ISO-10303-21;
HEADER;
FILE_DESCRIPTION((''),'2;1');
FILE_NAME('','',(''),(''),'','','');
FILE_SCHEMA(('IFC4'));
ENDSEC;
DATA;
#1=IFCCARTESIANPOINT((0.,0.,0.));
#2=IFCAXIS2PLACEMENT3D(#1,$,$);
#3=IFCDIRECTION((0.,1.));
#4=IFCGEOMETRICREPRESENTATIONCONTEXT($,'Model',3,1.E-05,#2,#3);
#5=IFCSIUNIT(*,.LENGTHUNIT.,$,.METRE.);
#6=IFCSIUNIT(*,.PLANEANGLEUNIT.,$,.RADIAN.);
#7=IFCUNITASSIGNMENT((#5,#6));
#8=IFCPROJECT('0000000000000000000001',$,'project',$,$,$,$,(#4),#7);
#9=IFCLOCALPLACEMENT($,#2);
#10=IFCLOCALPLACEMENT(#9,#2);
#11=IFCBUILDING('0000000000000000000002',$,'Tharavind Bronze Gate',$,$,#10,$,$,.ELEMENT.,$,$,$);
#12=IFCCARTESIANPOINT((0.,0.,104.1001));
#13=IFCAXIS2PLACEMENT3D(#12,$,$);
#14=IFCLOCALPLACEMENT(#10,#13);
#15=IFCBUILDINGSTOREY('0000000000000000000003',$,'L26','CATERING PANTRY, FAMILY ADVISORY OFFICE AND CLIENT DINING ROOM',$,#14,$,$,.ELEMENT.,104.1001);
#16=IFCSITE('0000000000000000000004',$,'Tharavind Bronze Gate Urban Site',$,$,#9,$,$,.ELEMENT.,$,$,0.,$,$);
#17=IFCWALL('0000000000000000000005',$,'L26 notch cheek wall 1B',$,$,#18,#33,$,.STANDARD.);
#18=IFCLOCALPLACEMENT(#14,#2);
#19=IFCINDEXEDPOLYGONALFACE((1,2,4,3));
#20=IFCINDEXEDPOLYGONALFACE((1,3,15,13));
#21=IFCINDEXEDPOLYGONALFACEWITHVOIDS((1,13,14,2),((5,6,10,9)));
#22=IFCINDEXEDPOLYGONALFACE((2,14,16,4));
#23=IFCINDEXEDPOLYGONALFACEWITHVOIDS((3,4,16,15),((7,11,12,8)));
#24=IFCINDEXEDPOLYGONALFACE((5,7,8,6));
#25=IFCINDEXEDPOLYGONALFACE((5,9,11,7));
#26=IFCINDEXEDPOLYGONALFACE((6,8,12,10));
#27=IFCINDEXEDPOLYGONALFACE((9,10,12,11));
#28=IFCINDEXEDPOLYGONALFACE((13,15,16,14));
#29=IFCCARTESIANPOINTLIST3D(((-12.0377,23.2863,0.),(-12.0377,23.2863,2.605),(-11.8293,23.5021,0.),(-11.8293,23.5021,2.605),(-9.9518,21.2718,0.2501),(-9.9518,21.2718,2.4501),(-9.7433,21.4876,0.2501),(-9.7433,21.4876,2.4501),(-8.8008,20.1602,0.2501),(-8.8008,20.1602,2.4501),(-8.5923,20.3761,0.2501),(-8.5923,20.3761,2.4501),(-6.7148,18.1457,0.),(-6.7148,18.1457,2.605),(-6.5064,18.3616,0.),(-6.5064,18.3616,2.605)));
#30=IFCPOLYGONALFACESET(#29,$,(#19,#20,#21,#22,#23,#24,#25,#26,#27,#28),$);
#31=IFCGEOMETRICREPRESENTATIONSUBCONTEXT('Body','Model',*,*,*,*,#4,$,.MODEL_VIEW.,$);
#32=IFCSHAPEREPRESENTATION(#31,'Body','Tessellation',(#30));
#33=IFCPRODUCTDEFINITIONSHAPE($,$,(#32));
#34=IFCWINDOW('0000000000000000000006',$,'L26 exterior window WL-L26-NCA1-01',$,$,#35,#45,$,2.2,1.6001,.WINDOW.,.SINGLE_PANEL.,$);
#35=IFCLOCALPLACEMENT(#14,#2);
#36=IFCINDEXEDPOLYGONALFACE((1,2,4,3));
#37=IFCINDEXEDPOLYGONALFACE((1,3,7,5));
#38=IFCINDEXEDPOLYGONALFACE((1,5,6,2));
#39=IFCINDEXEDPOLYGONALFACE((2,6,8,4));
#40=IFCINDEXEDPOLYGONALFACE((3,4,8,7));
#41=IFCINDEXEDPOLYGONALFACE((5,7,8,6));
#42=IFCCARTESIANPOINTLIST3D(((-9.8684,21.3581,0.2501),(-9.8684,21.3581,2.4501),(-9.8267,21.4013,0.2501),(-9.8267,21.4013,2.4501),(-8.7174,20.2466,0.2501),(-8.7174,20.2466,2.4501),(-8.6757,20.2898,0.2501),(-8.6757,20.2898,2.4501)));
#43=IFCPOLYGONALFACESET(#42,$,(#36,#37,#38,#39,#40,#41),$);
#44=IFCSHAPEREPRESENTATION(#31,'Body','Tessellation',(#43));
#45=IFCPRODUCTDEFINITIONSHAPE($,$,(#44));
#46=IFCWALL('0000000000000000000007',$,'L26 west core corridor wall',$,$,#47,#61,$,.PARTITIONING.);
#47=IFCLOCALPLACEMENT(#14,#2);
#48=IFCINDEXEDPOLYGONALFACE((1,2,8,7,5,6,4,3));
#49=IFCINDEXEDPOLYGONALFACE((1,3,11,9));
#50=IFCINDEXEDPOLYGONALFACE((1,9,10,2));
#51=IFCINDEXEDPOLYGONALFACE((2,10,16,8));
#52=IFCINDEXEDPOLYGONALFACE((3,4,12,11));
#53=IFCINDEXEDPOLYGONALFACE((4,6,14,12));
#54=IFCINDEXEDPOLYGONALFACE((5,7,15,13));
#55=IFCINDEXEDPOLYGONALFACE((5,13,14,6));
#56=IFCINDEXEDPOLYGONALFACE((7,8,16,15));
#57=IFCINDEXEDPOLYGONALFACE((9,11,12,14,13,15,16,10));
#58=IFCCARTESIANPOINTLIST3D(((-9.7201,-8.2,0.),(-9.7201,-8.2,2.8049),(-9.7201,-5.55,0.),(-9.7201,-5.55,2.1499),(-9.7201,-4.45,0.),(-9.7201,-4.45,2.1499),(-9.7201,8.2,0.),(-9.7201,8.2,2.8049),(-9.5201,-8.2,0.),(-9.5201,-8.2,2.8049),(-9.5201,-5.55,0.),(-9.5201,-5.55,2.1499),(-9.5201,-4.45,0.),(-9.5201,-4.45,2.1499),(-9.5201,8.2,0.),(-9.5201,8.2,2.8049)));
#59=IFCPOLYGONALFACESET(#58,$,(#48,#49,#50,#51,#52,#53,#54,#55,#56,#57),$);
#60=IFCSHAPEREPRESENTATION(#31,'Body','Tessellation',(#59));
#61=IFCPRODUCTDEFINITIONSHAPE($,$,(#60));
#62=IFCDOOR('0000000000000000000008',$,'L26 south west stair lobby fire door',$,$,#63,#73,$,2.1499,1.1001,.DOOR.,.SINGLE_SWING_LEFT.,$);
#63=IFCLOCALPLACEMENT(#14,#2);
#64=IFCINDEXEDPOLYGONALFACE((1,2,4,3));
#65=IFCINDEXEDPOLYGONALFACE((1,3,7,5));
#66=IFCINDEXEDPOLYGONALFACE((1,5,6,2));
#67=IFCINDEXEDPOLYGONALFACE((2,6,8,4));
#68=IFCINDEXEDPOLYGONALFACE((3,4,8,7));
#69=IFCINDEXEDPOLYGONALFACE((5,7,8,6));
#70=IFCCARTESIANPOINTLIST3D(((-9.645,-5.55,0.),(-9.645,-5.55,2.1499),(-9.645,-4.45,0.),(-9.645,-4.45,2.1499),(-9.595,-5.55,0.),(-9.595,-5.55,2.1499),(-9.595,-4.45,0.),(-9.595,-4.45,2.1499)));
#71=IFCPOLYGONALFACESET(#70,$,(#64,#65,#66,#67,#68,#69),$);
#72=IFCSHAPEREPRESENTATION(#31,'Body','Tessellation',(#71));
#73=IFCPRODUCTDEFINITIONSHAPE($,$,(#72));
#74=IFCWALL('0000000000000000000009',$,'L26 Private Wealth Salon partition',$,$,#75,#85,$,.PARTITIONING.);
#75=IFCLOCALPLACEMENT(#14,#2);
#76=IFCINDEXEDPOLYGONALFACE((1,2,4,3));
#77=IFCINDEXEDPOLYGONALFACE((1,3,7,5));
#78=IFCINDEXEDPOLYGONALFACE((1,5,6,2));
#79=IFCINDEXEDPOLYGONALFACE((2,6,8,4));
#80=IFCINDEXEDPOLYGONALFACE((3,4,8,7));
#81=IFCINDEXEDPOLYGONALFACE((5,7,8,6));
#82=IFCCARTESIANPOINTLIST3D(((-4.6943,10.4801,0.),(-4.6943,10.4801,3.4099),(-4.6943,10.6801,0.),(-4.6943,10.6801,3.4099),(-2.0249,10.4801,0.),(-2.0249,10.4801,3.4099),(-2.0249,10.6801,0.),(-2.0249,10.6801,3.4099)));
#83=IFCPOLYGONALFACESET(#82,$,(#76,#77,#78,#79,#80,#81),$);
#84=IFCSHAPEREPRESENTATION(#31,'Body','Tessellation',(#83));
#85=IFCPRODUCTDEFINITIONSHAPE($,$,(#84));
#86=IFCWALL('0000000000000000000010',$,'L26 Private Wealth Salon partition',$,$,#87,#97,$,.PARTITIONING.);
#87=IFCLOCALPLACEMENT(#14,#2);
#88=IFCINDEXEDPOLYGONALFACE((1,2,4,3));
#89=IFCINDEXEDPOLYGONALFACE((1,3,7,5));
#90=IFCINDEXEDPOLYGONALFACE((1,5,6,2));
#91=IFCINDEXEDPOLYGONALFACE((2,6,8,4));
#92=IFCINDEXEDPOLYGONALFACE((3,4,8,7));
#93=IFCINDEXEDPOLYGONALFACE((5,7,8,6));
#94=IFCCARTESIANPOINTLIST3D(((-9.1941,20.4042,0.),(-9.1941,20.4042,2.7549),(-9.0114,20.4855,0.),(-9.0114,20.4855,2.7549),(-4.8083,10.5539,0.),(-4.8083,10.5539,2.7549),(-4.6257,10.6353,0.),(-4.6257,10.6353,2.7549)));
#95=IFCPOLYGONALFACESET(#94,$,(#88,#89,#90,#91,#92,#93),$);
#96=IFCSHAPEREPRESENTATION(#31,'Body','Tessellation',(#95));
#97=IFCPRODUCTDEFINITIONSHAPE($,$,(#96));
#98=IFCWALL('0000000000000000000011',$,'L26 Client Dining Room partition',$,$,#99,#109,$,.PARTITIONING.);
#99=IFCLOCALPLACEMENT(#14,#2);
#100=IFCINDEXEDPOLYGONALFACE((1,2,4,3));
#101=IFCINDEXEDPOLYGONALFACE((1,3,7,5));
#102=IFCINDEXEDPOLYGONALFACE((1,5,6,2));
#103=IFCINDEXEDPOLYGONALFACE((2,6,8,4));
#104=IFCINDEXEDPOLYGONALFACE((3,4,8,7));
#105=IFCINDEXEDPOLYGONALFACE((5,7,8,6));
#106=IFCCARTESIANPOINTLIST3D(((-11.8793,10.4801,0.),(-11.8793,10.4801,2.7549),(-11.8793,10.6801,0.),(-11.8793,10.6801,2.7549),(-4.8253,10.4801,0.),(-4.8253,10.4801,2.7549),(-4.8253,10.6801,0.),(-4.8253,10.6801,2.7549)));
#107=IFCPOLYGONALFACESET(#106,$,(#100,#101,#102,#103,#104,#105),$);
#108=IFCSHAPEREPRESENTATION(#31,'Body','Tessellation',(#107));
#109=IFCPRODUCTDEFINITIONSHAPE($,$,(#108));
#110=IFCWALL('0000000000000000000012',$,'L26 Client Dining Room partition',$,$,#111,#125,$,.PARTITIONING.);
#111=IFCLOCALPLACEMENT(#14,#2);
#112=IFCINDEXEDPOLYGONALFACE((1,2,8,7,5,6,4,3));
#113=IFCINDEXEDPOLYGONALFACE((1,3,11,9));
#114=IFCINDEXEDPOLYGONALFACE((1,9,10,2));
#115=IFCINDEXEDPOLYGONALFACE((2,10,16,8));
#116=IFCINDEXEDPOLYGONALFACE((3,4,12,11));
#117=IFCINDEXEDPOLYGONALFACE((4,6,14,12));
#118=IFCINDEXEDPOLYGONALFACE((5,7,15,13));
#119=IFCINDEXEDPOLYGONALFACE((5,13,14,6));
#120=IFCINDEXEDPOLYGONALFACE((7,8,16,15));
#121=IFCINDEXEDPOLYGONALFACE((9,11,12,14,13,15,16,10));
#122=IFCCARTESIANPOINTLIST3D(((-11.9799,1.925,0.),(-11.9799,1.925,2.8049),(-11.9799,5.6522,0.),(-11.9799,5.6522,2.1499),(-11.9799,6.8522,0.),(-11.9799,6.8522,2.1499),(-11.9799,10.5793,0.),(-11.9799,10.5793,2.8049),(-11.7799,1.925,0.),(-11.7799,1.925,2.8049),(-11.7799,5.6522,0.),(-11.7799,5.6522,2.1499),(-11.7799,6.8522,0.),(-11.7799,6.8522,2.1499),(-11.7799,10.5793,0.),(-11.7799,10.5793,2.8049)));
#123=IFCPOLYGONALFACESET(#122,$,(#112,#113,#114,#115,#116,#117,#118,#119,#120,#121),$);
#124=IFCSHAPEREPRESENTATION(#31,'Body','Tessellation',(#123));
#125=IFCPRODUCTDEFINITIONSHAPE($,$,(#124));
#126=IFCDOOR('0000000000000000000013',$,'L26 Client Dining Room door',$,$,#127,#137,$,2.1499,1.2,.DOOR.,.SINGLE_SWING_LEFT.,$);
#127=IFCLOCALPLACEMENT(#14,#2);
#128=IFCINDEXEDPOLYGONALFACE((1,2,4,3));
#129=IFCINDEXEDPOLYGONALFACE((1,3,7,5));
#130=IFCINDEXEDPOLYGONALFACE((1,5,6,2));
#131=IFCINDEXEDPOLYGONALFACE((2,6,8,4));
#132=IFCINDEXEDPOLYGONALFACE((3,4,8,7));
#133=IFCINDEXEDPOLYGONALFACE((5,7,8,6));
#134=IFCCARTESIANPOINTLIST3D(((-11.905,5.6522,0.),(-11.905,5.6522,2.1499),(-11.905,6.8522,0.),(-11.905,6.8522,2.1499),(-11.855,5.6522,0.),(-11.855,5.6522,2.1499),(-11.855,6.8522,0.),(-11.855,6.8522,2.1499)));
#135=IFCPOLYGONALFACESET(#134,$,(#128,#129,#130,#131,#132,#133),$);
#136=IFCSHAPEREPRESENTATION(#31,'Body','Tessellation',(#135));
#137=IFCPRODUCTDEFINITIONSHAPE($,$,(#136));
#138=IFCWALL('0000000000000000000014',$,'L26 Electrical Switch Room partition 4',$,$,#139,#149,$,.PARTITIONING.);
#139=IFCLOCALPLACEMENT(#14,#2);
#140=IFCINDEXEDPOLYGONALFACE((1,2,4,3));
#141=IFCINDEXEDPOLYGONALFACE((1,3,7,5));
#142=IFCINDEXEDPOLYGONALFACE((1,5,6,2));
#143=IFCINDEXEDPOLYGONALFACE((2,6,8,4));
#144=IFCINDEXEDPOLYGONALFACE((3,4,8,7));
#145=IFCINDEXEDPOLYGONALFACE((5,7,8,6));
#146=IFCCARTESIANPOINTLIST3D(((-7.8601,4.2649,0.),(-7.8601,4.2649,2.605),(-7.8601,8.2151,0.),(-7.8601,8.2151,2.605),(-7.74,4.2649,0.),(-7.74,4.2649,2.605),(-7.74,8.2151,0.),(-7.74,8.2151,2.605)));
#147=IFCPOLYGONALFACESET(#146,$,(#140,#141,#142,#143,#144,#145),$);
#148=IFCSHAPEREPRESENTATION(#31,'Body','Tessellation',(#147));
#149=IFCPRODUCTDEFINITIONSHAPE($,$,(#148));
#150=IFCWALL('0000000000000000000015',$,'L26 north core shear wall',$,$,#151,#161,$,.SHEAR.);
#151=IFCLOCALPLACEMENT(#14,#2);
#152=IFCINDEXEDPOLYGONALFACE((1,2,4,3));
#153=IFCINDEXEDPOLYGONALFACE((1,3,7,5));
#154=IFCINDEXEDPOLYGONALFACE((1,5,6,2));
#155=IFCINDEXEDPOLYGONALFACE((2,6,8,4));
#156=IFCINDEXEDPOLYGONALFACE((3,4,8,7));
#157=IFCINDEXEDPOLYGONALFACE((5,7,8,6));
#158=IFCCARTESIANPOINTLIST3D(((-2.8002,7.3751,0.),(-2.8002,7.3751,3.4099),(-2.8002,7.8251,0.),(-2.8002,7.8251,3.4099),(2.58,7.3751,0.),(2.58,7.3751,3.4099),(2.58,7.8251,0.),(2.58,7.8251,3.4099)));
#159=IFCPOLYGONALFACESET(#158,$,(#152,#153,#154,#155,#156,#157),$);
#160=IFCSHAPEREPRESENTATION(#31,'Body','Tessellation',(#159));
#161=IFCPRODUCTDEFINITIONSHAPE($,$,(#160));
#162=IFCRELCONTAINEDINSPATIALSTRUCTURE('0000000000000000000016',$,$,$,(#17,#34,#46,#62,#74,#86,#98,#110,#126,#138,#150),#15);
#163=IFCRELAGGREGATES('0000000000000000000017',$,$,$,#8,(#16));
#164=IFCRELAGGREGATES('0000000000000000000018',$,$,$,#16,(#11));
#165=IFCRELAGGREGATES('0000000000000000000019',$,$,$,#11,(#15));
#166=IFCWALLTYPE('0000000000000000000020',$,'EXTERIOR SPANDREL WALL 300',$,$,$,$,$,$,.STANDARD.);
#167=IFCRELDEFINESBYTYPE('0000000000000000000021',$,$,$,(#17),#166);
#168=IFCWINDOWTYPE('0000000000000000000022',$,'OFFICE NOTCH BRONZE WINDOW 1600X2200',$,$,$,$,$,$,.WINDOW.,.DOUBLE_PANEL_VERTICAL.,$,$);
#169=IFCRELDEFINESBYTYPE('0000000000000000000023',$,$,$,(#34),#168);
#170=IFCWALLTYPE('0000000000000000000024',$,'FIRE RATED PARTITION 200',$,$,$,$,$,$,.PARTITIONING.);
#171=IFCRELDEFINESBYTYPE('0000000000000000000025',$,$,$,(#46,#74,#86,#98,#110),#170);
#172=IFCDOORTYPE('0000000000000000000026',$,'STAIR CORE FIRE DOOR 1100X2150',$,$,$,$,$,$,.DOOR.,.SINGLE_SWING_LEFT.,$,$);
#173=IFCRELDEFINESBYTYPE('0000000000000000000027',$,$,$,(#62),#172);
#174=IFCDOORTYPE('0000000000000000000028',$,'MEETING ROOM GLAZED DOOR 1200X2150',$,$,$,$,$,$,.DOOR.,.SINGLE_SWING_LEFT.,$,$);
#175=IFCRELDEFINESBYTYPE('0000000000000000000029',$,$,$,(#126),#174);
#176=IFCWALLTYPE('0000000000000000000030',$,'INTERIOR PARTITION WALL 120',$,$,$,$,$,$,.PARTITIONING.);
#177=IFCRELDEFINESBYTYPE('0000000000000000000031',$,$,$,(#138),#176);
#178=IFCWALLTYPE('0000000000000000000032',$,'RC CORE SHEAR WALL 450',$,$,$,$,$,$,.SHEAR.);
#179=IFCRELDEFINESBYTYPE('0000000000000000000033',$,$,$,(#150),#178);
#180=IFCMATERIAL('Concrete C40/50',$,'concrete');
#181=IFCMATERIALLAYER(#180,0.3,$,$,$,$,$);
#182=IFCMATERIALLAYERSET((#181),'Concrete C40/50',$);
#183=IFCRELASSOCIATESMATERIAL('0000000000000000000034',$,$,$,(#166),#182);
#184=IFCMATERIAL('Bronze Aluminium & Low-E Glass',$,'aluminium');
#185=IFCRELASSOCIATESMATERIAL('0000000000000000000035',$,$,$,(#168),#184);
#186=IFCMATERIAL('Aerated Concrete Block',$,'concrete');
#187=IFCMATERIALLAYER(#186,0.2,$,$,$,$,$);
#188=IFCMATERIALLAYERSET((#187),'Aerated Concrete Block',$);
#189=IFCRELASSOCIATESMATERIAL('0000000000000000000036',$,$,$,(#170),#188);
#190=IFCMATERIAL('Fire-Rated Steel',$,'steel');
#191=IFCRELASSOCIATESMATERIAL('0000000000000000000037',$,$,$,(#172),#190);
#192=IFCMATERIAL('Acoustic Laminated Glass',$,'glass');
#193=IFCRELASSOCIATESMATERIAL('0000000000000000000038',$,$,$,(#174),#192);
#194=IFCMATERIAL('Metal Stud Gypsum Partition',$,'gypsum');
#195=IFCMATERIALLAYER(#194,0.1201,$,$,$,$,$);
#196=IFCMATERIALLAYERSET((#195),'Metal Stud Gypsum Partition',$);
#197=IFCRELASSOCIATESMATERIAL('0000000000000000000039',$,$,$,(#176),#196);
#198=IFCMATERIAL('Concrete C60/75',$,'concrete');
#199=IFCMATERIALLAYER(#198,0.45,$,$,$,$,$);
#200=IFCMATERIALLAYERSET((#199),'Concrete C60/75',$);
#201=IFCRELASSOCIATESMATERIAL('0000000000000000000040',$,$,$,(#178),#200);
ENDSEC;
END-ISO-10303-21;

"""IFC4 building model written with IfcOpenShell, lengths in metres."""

from ifc_helpers import new_model, si_unit, direction, frame, frame_2d, origin, place, context, subcontext, project, spatial, rectangle, extrude, material, layer, layer_set, type_object, element, fill, save


model = new_model("IFC4")

# Units and contexts
model_context = context("Model", 3, precision=1e-05, world=origin(), true_north=direction((0.0, 1.0)))
body_context = subcontext(model_context, "Body", "Model", "MODEL_VIEW")
ifc_project = project(units=[si_unit("LENGTHUNIT", "METRE"), si_unit("PLANEANGLEUNIT", "RADIAN")], contexts=[model_context])

# Site, building, storey
site_placement = place(None, origin())
site = spatial("IfcSite", under=ifc_project, at=site_placement, Name="Tharavind Bronze Gate Urban Site", CompositionType="ELEMENT", RefElevation=0.0)
building_placement = place(site_placement, origin())
building = spatial("IfcBuilding", under=site, at=building_placement, Name="Tharavind Bronze Gate", CompositionType="ELEMENT")
storey_placement = place(building_placement, frame((0.0, 0.0, 104.1001)))
storey = spatial("IfcBuildingStorey", under=building, at=storey_placement, Name="L26", Description="CATERING PANTRY, FAMILY ADVISORY OFFICE AND CLIENT DINING ROOM", CompositionType="ELEMENT", Elevation=104.1001)

# Wall, opening, window
ifc_material_1 = material(Name="Concrete C40/50", Category="concrete")
ifc_layer_1 = layer(ifc_material_1, 0.3)
ifc_layer_set_1 = layer_set([ifc_layer_1], Name="Concrete C40/50")
wall_type_1 = type_object("IfcWallType", Name="EXTERIOR SPANDREL WALL 300", PredefinedType="STANDARD", material=ifc_layer_set_1)
wall_1_placement = place(storey_placement, frame((-6.6106, 18.2537, 0.0), z_axis=(0.0, 0.0, 1.0), x_axis=(-0.719322, 0.694677, 0.0)))
wall_1 = element("IfcWall", 1, at=wall_1_placement, inside=storey, type_object=wall_type_1, Name="L26 notch cheek wall 1B", PredefinedType="STANDARD", context=body_context, shape_type="SweptSolid", body=[
    extrude(rectangle(XDim=7.3999, YDim=0.3, at=frame_2d((3.7, 0.0))), origin(), (0.0, 0.0, 1.0), 2.605),
])
opening_1_placement = place(wall_1_placement, frame((2.8999, 0.0, 0.25)))
opening_1 = element("IfcOpeningElement", 2, at=opening_1_placement, cuts=wall_1, PredefinedType="OPENING", context=body_context, shape_type="SweptSolid", body=[
    extrude(rectangle(XDim=1.6001, YDim=2.2, at=frame_2d((0.8, 1.1001))), frame((0.0, 0.1599, 0.0), z_axis=(0.0, -1.0, 0.0), x_axis=(1.0, 0.0, 0.0)), (0.0, 0.0, 1.0), 0.32),
])
ifc_material_2 = material(Name="Bronze Aluminium & Low-E Glass", Category="aluminium")
window_type = type_object("IfcWindowType", Name="OFFICE NOTCH BRONZE WINDOW 1600X2200", PartitioningType="DOUBLE_PANEL_VERTICAL", PredefinedType="WINDOW", material=ifc_material_2)
window_placement = place(opening_1_placement, origin())
window = element("IfcWindow", 3, at=window_placement, inside=storey, type_object=window_type, Name="L26 exterior window WL-L26-NCA1-01", OverallHeight=2.2, OverallWidth=1.6001, PartitioningType="SINGLE_PANEL", PredefinedType="WINDOW", context=body_context, shape_type="SweptSolid", body=[
    extrude(rectangle(XDim=1.6001, YDim=2.2, at=frame_2d((0.8, 1.1001))), frame((0.0, 0.03, 0.0), z_axis=(0.0, -1.0, 0.0), x_axis=(1.0, 0.0, 0.0)), (0.0, 0.0, 1.0), 0.0601),
])
fill(opening_1, window)

# Wall, opening, door
ifc_material_3 = material(Name="Aerated Concrete Block", Category="concrete")
ifc_layer_2 = layer(ifc_material_3, 0.2)
ifc_layer_set_2 = layer_set([ifc_layer_2], Name="Aerated Concrete Block")
wall_type_2 = type_object("IfcWallType", Name="FIRE RATED PARTITION 200", PredefinedType="PARTITIONING", material=ifc_layer_set_2)
wall_2_placement = place(storey_placement, frame((-9.6201, 8.2, 0.0), z_axis=(0.0, 0.0, 1.0), x_axis=(0.0, -1.0, 0.0)))
wall_2 = element("IfcWall", 4, at=wall_2_placement, inside=storey, type_object=wall_type_2, Name="L26 west core corridor wall", PredefinedType="PARTITIONING", context=body_context, shape_type="SweptSolid", body=[
    extrude(rectangle(XDim=16.3999, YDim=0.2, at=frame_2d((8.2, 0.0))), origin(), (0.0, 0.0, 1.0), 2.8049),
])
opening_2_placement = place(wall_2_placement, frame((12.6499, 0.0, 0.0)))
opening_2 = element("IfcOpeningElement", 5, at=opening_2_placement, cuts=wall_2, PredefinedType="OPENING", context=body_context, shape_type="SweptSolid", body=[
    extrude(rectangle(XDim=1.1001, YDim=2.1499, at=frame_2d((0.55, 1.075))), frame((0.0, 0.1101, 0.0), z_axis=(0.0, -1.0, 0.0), x_axis=(1.0, 0.0, 0.0)), (0.0, 0.0, 1.0), 0.22),
])
ifc_material_4 = material(Name="Fire-Rated Steel", Category="steel")
door_type_1 = type_object("IfcDoorType", Name="STAIR CORE FIRE DOOR 1100X2150", OperationType="SINGLE_SWING_LEFT", PredefinedType="DOOR", material=ifc_material_4)
door_1_placement = place(opening_2_placement, frame((1.1001, 0.0, 0.0), z_axis=(0.0, 0.0, 1.0), x_axis=(-1.0, 0.0, 0.0)))
door_1 = element("IfcDoor", 6, at=door_1_placement, inside=storey, type_object=door_type_1, Name="L26 south west stair lobby fire door", OperationType="SINGLE_SWING_LEFT", OverallHeight=2.1499, OverallWidth=1.1001, PredefinedType="DOOR", context=body_context, shape_type="SweptSolid", body=[
    extrude(rectangle(XDim=1.1001, YDim=2.1499, at=frame_2d((0.55, 1.075))), frame((0.0, 0.0249, 0.0), z_axis=(0.0, -1.0, 0.0), x_axis=(1.0, 0.0, 0.0)), (0.0, 0.0, 1.0), 0.05),
])
fill(opening_2, door_1)

# Walls
wall_3_placement = place(storey_placement, frame((-2.0249, 10.5801, 0.0), z_axis=(0.0, 0.0, 1.0), x_axis=(-1.0, 0.0, 0.0)))
element("IfcWall", 7, at=wall_3_placement, inside=storey, type_object=wall_type_2, Name="L26 Private Wealth Salon partition", PredefinedType="PARTITIONING", context=body_context, shape_type="SweptSolid", body=[
    extrude(rectangle(XDim=2.6694, YDim=0.2, at=frame_2d((1.3347, 0.0))), origin(), (0.0, 0.0, 1.0), 3.4099),
])
wall_4_placement = place(storey_placement, frame((-4.717, 10.5947, 0.0), z_axis=(0.0, 0.0, 1.0), x_axis=(-0.406752, 0.913539, 0.0)))
element("IfcWall", 8, at=wall_4_placement, inside=storey, type_object=wall_type_2, Name="L26 Private Wealth Salon partition", PredefinedType="PARTITIONING", context=body_context, shape_type="SweptSolid", body=[
    extrude(rectangle(XDim=10.7825, YDim=0.2, at=frame_2d((5.3911, 0.0))), origin(), (0.0, 0.0, 1.0), 2.7549),
])
wall_5_placement = place(storey_placement, frame((-4.8254, 10.5801, 0.0), z_axis=(0.0, 0.0, 1.0), x_axis=(-1.0, 0.0, 0.0)))
element("IfcWall", 9, at=wall_5_placement, inside=storey, type_object=wall_type_2, Name="L26 Client Dining Room partition", PredefinedType="PARTITIONING", context=body_context, shape_type="SweptSolid", body=[
    extrude(rectangle(XDim=7.054, YDim=0.2, at=frame_2d((3.5269, 0.0))), origin(), (0.0, 0.0, 1.0), 2.7549),
])

# Wall, opening, door
wall_6_placement = place(storey_placement, frame((-11.8799, 10.5793, 0.0), z_axis=(0.0, 0.0, 1.0), x_axis=(0.0, -1.0, 0.0)))
wall_6 = element("IfcWall", 10, at=wall_6_placement, inside=storey, type_object=wall_type_2, Name="L26 Client Dining Room partition", PredefinedType="PARTITIONING", context=body_context, shape_type="SweptSolid", body=[
    extrude(rectangle(XDim=8.6543, YDim=0.2, at=frame_2d((4.3271, 0.0))), origin(), (0.0, 0.0, 1.0), 2.8049),
])
opening_3_placement = place(wall_6_placement, frame((3.7271, 0.0, 0.0)))
opening_3 = element("IfcOpeningElement", 11, at=opening_3_placement, cuts=wall_6, PredefinedType="OPENING", context=body_context, shape_type="SweptSolid", body=[
    extrude(rectangle(XDim=1.2, YDim=2.1499, at=frame_2d((0.6001, 1.075))), frame((0.0, 0.1101, 0.0), z_axis=(0.0, -1.0, 0.0), x_axis=(1.0, 0.0, 0.0)), (0.0, 0.0, 1.0), 0.22),
])
ifc_material_5 = material(Name="Acoustic Laminated Glass", Category="glass")
door_type_2 = type_object("IfcDoorType", Name="MEETING ROOM GLAZED DOOR 1200X2150", OperationType="SINGLE_SWING_LEFT", PredefinedType="DOOR", material=ifc_material_5)
door_2_placement = place(opening_3_placement, origin())
door_2 = element("IfcDoor", 12, at=door_2_placement, inside=storey, type_object=door_type_2, Name="L26 Client Dining Room door", OperationType="SINGLE_SWING_LEFT", OverallHeight=2.1499, OverallWidth=1.2, PredefinedType="DOOR", context=body_context, shape_type="SweptSolid", body=[
    extrude(rectangle(XDim=1.2, YDim=2.1499, at=frame_2d((0.6001, 1.075))), frame((0.0, 0.0249, 0.0), z_axis=(0.0, -1.0, 0.0), x_axis=(1.0, 0.0, 0.0)), (0.0, 0.0, 1.0), 0.05),
])
fill(opening_3, door_2)

# Walls
ifc_material_6 = material(Name="Metal Stud Gypsum Partition", Category="gypsum")
ifc_layer_3 = layer(ifc_material_6, 0.1201)
ifc_layer_set_3 = layer_set([ifc_layer_3], Name="Metal Stud Gypsum Partition")
wall_type_3 = type_object("IfcWallType", Name="INTERIOR PARTITION WALL 120", PredefinedType="PARTITIONING", material=ifc_layer_set_3)
wall_7_placement = place(storey_placement, frame((-7.8, 8.2151, 0.0), z_axis=(0.0, 0.0, 1.0), x_axis=(0.0, -1.0, 0.0)))
element("IfcWall", 13, at=wall_7_placement, inside=storey, type_object=wall_type_3, Name="L26 Electrical Switch Room partition 4", PredefinedType="PARTITIONING", context=body_context, shape_type="SweptSolid", body=[
    extrude(rectangle(XDim=3.9502, YDim=0.1201, at=frame_2d((1.9751, 0.0))), origin(), (0.0, 0.0, 1.0), 2.605),
])
ifc_material_7 = material(Name="Concrete C60/75", Category="concrete")
ifc_layer_4 = layer(ifc_material_7, 0.45)
ifc_layer_set_4 = layer_set([ifc_layer_4], Name="Concrete C60/75")
wall_type_4 = type_object("IfcWallType", Name="RC CORE SHEAR WALL 450", PredefinedType="SHEAR", material=ifc_layer_set_4)
wall_8_placement = place(storey_placement, frame((-2.8, 7.6001, 0.0), z_axis=(0.0, 0.0, 1.0), x_axis=(1.0, 0.0, 0.0)))
element("IfcWall", 14, at=wall_8_placement, inside=storey, type_object=wall_type_4, Name="L26 north core shear wall", PredefinedType="SHEAR", context=body_context, shape_type="SweptSolid", body=[
    extrude(rectangle(XDim=5.3801, YDim=0.45, at=frame_2d((2.6899, 0.0))), origin(), (0.0, 0.0, 1.0), 3.4099),
])

save(model, "model.ifc")
